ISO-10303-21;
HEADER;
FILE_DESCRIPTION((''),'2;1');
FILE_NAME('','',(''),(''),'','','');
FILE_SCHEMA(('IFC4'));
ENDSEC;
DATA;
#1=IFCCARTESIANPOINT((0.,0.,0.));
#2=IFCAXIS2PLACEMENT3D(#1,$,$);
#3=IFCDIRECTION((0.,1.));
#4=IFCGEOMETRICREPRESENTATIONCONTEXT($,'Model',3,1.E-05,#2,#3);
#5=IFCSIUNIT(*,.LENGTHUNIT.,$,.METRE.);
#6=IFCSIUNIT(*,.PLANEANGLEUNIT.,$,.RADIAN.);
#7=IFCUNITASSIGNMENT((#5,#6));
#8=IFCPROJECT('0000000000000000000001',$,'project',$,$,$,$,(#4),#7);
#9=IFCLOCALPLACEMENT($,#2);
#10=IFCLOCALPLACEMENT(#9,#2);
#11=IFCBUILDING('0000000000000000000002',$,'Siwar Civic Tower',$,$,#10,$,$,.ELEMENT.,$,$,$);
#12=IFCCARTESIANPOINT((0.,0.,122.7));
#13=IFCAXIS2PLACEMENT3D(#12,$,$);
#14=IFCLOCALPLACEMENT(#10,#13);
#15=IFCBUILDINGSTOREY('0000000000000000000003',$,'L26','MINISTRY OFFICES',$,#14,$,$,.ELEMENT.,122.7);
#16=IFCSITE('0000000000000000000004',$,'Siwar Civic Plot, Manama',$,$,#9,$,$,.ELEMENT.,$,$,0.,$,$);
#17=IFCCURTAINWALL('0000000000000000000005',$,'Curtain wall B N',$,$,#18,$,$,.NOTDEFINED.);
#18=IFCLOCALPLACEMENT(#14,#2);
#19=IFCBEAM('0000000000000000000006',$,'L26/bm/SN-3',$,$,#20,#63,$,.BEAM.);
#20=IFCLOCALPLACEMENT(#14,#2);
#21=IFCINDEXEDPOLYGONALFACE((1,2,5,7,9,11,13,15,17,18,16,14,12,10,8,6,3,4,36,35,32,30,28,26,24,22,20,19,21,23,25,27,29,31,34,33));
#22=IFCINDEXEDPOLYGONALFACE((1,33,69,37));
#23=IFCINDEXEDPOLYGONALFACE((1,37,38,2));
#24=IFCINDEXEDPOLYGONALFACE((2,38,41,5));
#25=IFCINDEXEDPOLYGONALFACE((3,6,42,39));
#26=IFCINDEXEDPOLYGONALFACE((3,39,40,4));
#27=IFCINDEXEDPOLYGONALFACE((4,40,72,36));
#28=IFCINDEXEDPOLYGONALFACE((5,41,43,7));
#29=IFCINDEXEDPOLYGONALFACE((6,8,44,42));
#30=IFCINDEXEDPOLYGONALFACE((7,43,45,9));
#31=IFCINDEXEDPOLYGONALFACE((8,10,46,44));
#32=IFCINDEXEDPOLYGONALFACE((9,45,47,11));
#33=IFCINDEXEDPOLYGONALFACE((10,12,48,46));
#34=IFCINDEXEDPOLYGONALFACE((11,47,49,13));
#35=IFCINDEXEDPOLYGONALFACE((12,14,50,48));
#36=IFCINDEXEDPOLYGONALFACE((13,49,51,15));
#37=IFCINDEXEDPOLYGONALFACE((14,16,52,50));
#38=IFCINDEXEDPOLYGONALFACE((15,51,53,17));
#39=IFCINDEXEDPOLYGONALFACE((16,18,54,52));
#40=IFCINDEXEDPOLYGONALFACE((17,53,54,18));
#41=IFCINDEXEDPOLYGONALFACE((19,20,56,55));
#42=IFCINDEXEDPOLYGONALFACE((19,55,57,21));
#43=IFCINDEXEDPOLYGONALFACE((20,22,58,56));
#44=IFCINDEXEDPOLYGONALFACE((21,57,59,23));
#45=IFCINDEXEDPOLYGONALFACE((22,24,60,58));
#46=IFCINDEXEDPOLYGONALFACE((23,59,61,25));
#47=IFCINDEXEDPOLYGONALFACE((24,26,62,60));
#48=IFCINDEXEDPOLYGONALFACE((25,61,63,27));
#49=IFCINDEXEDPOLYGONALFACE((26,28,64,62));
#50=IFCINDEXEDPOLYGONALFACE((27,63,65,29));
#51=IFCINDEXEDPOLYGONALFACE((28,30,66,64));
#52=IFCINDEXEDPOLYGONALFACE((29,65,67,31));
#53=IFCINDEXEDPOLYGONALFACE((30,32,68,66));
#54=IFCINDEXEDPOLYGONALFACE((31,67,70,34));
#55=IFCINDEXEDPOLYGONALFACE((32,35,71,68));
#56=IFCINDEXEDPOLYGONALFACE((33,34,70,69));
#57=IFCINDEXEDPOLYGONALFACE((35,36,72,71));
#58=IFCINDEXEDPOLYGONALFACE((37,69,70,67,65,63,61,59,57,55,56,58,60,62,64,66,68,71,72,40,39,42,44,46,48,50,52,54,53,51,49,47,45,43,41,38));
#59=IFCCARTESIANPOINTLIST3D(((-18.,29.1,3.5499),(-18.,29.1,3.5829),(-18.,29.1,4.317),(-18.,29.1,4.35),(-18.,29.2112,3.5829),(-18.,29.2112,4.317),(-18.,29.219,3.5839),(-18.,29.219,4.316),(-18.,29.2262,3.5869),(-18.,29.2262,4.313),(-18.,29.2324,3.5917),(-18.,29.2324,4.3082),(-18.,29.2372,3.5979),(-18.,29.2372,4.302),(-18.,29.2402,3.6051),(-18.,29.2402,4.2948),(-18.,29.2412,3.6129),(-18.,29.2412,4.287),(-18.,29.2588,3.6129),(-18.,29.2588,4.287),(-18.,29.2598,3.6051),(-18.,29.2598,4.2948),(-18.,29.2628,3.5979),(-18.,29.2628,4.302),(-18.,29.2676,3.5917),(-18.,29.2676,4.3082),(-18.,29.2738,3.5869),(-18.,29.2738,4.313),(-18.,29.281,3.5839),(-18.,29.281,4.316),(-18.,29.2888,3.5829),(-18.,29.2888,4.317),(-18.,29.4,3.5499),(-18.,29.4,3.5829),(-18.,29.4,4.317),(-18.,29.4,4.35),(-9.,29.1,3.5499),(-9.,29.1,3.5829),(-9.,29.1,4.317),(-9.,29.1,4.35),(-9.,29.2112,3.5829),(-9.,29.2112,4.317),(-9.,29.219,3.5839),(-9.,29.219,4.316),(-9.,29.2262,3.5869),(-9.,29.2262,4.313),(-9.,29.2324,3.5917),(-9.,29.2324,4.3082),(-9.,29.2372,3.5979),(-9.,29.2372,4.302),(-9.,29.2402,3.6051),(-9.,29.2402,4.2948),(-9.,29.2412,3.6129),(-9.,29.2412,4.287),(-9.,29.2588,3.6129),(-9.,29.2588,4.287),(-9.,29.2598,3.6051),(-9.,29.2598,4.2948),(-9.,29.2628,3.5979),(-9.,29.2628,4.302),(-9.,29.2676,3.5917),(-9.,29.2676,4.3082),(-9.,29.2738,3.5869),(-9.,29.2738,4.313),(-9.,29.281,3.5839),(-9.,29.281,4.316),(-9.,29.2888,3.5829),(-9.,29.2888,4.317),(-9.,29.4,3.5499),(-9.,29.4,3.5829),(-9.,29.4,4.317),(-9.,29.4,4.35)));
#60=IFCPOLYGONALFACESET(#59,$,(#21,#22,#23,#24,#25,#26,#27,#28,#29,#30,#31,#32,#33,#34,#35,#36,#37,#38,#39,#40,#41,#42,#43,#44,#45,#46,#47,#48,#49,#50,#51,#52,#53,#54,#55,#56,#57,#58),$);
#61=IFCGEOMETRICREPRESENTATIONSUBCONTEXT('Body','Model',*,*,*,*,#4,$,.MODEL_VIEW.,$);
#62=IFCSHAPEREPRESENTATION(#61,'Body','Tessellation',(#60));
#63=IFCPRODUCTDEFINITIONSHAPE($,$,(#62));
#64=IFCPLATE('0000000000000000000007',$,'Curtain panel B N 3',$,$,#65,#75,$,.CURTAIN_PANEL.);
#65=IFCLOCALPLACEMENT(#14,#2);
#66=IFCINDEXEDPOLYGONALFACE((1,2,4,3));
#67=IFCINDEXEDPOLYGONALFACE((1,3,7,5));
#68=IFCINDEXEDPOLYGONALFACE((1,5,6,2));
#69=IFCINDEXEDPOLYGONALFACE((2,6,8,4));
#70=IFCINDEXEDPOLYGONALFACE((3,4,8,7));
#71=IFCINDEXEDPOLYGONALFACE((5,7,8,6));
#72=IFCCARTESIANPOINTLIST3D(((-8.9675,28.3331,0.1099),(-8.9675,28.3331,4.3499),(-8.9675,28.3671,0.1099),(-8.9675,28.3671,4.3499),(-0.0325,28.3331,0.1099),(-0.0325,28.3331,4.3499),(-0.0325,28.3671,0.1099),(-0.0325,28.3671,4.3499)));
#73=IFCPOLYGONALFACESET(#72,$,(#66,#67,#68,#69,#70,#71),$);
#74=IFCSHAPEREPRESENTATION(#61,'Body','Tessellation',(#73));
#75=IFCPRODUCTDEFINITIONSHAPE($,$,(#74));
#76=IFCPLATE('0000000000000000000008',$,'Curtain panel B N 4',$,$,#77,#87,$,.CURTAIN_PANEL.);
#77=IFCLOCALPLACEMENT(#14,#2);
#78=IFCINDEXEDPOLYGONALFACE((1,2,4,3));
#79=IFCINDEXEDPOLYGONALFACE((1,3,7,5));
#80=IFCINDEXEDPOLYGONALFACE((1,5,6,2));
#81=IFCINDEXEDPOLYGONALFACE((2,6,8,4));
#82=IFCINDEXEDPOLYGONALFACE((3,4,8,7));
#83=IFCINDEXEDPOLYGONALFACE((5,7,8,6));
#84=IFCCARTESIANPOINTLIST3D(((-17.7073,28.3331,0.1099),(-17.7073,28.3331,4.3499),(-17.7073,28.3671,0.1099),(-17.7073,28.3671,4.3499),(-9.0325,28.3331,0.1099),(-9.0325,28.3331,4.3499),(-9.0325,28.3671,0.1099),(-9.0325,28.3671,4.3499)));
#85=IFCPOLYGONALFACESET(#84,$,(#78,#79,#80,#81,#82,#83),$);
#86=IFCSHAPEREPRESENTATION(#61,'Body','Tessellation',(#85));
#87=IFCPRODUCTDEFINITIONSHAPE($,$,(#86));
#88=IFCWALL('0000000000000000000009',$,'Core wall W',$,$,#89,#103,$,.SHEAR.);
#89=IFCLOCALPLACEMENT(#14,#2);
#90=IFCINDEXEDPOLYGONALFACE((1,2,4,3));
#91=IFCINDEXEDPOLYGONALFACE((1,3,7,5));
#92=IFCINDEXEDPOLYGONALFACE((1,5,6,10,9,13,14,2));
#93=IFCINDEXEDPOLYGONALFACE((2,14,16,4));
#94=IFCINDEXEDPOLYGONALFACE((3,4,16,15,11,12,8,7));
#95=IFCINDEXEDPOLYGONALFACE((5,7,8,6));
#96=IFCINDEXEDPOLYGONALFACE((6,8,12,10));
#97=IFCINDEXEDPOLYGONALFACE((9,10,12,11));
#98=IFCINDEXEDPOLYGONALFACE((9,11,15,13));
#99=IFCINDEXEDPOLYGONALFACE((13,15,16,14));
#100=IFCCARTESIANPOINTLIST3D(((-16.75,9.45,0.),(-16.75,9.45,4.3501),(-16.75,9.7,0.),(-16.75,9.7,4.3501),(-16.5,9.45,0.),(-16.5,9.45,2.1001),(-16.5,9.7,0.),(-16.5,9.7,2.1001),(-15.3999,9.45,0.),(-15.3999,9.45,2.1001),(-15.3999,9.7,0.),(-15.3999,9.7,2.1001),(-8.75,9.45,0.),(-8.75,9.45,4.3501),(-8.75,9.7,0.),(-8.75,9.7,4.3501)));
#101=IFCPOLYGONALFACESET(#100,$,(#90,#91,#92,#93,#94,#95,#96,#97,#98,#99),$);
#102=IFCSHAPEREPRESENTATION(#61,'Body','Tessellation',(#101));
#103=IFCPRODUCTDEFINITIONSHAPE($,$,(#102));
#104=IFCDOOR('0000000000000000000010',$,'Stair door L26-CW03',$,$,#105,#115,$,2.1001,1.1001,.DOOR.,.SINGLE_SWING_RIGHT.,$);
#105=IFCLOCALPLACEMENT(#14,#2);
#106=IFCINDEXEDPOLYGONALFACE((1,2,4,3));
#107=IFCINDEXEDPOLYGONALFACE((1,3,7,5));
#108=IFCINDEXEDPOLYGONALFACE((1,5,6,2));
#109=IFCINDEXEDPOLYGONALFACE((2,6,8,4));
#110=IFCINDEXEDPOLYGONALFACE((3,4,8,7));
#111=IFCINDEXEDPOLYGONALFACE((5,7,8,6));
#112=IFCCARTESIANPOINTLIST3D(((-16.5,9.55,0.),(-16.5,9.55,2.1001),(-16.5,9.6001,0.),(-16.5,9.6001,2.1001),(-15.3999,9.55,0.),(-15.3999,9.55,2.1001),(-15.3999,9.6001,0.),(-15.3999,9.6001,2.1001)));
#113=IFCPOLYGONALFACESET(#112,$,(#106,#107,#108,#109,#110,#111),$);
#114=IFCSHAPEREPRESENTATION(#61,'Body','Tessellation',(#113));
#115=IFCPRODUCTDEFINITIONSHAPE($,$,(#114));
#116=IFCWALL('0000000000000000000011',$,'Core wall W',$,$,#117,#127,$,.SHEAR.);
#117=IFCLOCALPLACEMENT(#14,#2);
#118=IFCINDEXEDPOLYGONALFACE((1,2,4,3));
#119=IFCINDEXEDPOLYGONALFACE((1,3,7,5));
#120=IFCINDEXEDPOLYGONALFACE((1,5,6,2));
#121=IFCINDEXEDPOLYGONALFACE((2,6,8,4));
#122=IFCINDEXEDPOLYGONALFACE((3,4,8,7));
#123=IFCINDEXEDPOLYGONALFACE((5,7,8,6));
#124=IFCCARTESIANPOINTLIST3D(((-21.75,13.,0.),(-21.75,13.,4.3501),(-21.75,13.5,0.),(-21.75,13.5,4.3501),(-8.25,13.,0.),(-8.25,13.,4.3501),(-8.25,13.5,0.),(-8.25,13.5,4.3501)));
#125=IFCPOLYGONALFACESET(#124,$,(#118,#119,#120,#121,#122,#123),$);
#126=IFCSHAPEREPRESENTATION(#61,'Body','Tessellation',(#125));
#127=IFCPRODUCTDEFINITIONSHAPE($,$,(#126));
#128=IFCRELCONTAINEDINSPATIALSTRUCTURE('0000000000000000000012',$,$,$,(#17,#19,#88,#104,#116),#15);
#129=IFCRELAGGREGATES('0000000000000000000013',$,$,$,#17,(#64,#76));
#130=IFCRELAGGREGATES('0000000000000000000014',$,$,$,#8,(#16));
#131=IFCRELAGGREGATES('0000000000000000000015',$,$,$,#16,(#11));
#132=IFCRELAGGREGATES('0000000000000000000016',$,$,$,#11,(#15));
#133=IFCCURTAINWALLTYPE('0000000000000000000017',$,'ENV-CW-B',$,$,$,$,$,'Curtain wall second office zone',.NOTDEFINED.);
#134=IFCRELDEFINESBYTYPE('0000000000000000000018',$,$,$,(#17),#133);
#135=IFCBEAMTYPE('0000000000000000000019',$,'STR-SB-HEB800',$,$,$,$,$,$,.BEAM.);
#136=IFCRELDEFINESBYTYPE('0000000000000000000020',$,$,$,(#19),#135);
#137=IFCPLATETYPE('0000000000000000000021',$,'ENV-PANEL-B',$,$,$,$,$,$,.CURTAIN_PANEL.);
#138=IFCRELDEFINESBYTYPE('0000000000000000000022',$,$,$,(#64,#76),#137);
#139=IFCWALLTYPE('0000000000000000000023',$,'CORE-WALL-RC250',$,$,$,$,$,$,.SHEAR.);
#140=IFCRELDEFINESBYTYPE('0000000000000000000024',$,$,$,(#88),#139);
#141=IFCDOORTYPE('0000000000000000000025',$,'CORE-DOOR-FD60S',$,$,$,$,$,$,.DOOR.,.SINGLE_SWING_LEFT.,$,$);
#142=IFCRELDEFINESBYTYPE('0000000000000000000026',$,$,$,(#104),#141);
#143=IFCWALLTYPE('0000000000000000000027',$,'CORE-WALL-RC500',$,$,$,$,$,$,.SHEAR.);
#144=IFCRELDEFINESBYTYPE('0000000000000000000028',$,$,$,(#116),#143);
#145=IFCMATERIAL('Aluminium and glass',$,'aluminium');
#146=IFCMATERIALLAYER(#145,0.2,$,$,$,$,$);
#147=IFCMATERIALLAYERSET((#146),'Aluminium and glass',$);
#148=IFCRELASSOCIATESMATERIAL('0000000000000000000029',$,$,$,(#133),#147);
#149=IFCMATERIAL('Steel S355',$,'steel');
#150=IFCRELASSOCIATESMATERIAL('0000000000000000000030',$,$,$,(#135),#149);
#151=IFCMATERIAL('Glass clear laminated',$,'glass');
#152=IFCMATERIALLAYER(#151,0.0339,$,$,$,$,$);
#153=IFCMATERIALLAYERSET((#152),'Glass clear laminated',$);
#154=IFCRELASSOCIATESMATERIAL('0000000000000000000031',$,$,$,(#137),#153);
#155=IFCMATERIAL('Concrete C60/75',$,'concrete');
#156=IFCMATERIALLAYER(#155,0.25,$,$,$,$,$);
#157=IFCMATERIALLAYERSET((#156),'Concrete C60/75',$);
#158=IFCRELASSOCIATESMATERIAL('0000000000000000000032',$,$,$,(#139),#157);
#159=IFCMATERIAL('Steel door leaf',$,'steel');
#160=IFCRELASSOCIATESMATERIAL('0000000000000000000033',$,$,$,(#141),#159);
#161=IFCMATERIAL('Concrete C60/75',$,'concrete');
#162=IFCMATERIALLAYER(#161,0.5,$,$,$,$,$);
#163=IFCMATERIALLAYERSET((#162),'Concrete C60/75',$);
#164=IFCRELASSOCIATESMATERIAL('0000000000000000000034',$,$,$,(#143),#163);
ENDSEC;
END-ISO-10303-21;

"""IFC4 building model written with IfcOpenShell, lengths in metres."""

from ifc_helpers import new_model, si_unit, direction, frame, frame_2d, origin, origin_2d, place, context, subcontext, project, spatial, rectangle, i_section, extrude, material, layer, layer_set, material_profile, profile_set, type_object, element, fill, aggregate, save


model = new_model("IFC4")

# Units and contexts
model_context = context("Model", 3, precision=1e-05, world=origin(), true_north=direction((0.0, 1.0)))
body_context = subcontext(model_context, "Body", "Model", "MODEL_VIEW")
ifc_project = project(units=[si_unit("LENGTHUNIT", "METRE"), si_unit("PLANEANGLEUNIT", "RADIAN")], contexts=[model_context])

# Site, building, storey
site_placement = place(None, origin())
site = spatial("IfcSite", under=ifc_project, at=site_placement, Name="Siwar Civic Plot, Manama", CompositionType="ELEMENT", RefElevation=0.0)
building_placement = place(site_placement, origin())
building = spatial("IfcBuilding", under=site, at=building_placement, Name="Siwar Civic Tower", CompositionType="ELEMENT")
storey_placement = place(building_placement, frame((0.0, 0.0, 122.7)))
storey = spatial("IfcBuildingStorey", under=building, at=storey_placement, Name="L26", Description="MINISTRY OFFICES", CompositionType="ELEMENT", Elevation=122.7)

# Curtain wall
ifc_material_1 = material(Name="Aluminium and glass", Category="aluminium")
ifc_layer_1 = layer(ifc_material_1, 0.2)
ifc_layer_set_1 = layer_set([ifc_layer_1], Name="Aluminium and glass")
curtain_wall_type_1 = type_object("IfcCurtainWallType", Name="ENV-CW-B", ElementType="Curtain wall second office zone", PredefinedType="NOTDEFINED", material=ifc_layer_set_1)
curtain_wall_1_placement = place(storey_placement, origin())
curtain_wall_1 = element("IfcCurtainWall", 1, at=curtain_wall_1_placement, inside=storey, type_object=curtain_wall_type_1, Name="Curtain wall B N", PredefinedType="NOTDEFINED")

# Beam
ifc_material_2 = material(Name="Steel S355", Category="steel")
ifc_material_profile_1 = material_profile(ifc_material_2, i_section(OverallWidth=0.3, OverallDepth=0.8, WebThickness=0.0176, FlangeThickness=0.033, FilletRadius=0.03, at=origin_2d()), Name="HEB800")
ifc_profile_set_1 = profile_set([ifc_material_profile_1], Name="Steel S355")
beam_type_1 = type_object("IfcBeamType", Name="STR-SB-HEB800", PredefinedType="BEAM", material=ifc_profile_set_1)
for number, where, z_axis, x_axis, name in (
    (2, (-9.0, 29.25, 3.95), (-1.0, 0.0, 0.0), (0.0, -1.0, 0.0), "L26/bm/SN-3"),
):
    element("IfcBeam", number, at=place(storey_placement, frame(where, z_axis=z_axis, x_axis=x_axis)), inside=storey, type_object=beam_type_1, Name=name, PredefinedType="BEAM", context=body_context, shape_type="SweptSolid", body=[
        extrude(i_section(OverallWidth=0.3, OverallDepth=0.8, WebThickness=0.0176, FlangeThickness=0.033, FilletRadius=0.03, at=origin_2d()), origin(), (0.0, 0.0, 1.0), 9.0),
    ])

# Plates
ifc_material_3 = material(Name="Glass clear laminated", Category="glass")
ifc_layer_2 = layer(ifc_material_3, 0.0339)
ifc_layer_set_2 = layer_set([ifc_layer_2], Name="Glass clear laminated")
plate_type = type_object("IfcPlateType", Name="ENV-PANEL-B", PredefinedType="CURTAIN_PANEL", material=ifc_layer_set_2)
plate_1_placement = place(storey_placement, frame((-4.5, 28.3501, 0.1099), z_axis=(0.0, 0.0, 1.0), x_axis=(-1.0, 0.0, 0.0)))
plate_1 = element("IfcPlate", 3, at=plate_1_placement, type_object=plate_type, Name="Curtain panel B N 3", PredefinedType="CURTAIN_PANEL", context=body_context, shape_type="SweptSolid", body=[
    extrude(rectangle(XDim=8.9351, YDim=0.0339, at=origin_2d()), origin(), (0.0, 0.0, 1.0), 4.24),
])
plate_2_placement = place(storey_placement, frame((-13.3699, 28.3501, 0.1099), z_axis=(0.0, 0.0, 1.0), x_axis=(-1.0, 0.0, 0.0)))
plate_2 = element("IfcPlate", 4, at=plate_2_placement, type_object=plate_type, Name="Curtain panel B N 4", PredefinedType="CURTAIN_PANEL", context=body_context, shape_type="SweptSolid", body=[
    extrude(rectangle(XDim=8.6748, YDim=0.0339, at=origin_2d()), origin(), (0.0, 0.0, 1.0), 4.24),
])
aggregate(curtain_wall_1, [plate_1, plate_2])

# Wall, opening, door
ifc_material_4 = material(Name="Concrete C60/75", Category="concrete")
ifc_layer_3 = layer(ifc_material_4, 0.25)
ifc_layer_set_3 = layer_set([ifc_layer_3], Name="Concrete C60/75")
wall_type_1 = type_object("IfcWallType", Name="CORE-WALL-RC250", PredefinedType="SHEAR", material=ifc_layer_set_3)
wall_1_placement = place(storey_placement, frame((-8.75, 9.575, 0.0), z_axis=(0.0, 0.0, 1.0), x_axis=(-1.0, 0.0, 0.0)))
wall_1 = element("IfcWall", 5, at=wall_1_placement, inside=storey, type_object=wall_type_1, Name="Core wall W", PredefinedType="SHEAR", context=body_context, shape_type="SweptSolid", body=[
    extrude(rectangle(XDim=8.0, YDim=0.25, at=frame_2d((4.0, 0.0))), origin(), (0.0, 0.0, 1.0), 4.3501),
])
opening_1_placement = place(wall_1_placement, frame((6.6499, 0.0, 0.0)))
opening_1 = element("IfcOpeningElement", 6, at=opening_1_placement, cuts=wall_1, PredefinedType="OPENING", context=body_context, shape_type="SweptSolid", body=[
    extrude(rectangle(XDim=1.1001, YDim=2.1001, at=frame_2d((0.55, 1.05))), frame((0.0, 0.135, 0.0), z_axis=(0.0, -1.0, 0.0), x_axis=(1.0, 0.0, 0.0)), (0.0, 0.0, 1.0), 0.27),
])
ifc_material_5 = material(Name="Steel door leaf", Category="steel")
door_type_1 = type_object("IfcDoorType", Name="CORE-DOOR-FD60S", OperationType="SINGLE_SWING_LEFT", PredefinedType="DOOR", material=ifc_material_5)
door_1_placement = place(opening_1_placement, origin())
door_1 = element("IfcDoor", 7, at=door_1_placement, inside=storey, type_object=door_type_1, Name="Stair door L26-CW03", OperationType="SINGLE_SWING_RIGHT", OverallHeight=2.1001, OverallWidth=1.1001, PredefinedType="DOOR", context=body_context, shape_type="SweptSolid", body=[
    extrude(rectangle(XDim=1.1001, YDim=2.1001, at=frame_2d((0.55, 1.05))), frame((0.0, 0.0249, 0.0), z_axis=(0.0, -1.0, 0.0), x_axis=(1.0, 0.0, 0.0)), (0.0, 0.0, 1.0), 0.05),
])
fill(opening_1, door_1)

# Wall
ifc_material_6 = material(Name="Concrete C60/75", Category="concrete")
ifc_layer_4 = layer(ifc_material_6, 0.5)
ifc_layer_set_4 = layer_set([ifc_layer_4], Name="Concrete C60/75")
wall_type_2 = type_object("IfcWallType", Name="CORE-WALL-RC500", PredefinedType="SHEAR", material=ifc_layer_set_4)
wall_2_placement = place(storey_placement, frame((-8.25, 13.25, 0.0), z_axis=(0.0, 0.0, 1.0), x_axis=(-1.0, 0.0, 0.0)))
element("IfcWall", 8, at=wall_2_placement, inside=storey, type_object=wall_type_2, Name="Core wall W", PredefinedType="SHEAR", context=body_context, shape_type="SweptSolid", body=[
    extrude(rectangle(XDim=13.5, YDim=0.5, at=frame_2d((6.75, 0.0))), origin(), (0.0, 0.0, 1.0), 4.3501),
])

save(model, "model.ifc")
